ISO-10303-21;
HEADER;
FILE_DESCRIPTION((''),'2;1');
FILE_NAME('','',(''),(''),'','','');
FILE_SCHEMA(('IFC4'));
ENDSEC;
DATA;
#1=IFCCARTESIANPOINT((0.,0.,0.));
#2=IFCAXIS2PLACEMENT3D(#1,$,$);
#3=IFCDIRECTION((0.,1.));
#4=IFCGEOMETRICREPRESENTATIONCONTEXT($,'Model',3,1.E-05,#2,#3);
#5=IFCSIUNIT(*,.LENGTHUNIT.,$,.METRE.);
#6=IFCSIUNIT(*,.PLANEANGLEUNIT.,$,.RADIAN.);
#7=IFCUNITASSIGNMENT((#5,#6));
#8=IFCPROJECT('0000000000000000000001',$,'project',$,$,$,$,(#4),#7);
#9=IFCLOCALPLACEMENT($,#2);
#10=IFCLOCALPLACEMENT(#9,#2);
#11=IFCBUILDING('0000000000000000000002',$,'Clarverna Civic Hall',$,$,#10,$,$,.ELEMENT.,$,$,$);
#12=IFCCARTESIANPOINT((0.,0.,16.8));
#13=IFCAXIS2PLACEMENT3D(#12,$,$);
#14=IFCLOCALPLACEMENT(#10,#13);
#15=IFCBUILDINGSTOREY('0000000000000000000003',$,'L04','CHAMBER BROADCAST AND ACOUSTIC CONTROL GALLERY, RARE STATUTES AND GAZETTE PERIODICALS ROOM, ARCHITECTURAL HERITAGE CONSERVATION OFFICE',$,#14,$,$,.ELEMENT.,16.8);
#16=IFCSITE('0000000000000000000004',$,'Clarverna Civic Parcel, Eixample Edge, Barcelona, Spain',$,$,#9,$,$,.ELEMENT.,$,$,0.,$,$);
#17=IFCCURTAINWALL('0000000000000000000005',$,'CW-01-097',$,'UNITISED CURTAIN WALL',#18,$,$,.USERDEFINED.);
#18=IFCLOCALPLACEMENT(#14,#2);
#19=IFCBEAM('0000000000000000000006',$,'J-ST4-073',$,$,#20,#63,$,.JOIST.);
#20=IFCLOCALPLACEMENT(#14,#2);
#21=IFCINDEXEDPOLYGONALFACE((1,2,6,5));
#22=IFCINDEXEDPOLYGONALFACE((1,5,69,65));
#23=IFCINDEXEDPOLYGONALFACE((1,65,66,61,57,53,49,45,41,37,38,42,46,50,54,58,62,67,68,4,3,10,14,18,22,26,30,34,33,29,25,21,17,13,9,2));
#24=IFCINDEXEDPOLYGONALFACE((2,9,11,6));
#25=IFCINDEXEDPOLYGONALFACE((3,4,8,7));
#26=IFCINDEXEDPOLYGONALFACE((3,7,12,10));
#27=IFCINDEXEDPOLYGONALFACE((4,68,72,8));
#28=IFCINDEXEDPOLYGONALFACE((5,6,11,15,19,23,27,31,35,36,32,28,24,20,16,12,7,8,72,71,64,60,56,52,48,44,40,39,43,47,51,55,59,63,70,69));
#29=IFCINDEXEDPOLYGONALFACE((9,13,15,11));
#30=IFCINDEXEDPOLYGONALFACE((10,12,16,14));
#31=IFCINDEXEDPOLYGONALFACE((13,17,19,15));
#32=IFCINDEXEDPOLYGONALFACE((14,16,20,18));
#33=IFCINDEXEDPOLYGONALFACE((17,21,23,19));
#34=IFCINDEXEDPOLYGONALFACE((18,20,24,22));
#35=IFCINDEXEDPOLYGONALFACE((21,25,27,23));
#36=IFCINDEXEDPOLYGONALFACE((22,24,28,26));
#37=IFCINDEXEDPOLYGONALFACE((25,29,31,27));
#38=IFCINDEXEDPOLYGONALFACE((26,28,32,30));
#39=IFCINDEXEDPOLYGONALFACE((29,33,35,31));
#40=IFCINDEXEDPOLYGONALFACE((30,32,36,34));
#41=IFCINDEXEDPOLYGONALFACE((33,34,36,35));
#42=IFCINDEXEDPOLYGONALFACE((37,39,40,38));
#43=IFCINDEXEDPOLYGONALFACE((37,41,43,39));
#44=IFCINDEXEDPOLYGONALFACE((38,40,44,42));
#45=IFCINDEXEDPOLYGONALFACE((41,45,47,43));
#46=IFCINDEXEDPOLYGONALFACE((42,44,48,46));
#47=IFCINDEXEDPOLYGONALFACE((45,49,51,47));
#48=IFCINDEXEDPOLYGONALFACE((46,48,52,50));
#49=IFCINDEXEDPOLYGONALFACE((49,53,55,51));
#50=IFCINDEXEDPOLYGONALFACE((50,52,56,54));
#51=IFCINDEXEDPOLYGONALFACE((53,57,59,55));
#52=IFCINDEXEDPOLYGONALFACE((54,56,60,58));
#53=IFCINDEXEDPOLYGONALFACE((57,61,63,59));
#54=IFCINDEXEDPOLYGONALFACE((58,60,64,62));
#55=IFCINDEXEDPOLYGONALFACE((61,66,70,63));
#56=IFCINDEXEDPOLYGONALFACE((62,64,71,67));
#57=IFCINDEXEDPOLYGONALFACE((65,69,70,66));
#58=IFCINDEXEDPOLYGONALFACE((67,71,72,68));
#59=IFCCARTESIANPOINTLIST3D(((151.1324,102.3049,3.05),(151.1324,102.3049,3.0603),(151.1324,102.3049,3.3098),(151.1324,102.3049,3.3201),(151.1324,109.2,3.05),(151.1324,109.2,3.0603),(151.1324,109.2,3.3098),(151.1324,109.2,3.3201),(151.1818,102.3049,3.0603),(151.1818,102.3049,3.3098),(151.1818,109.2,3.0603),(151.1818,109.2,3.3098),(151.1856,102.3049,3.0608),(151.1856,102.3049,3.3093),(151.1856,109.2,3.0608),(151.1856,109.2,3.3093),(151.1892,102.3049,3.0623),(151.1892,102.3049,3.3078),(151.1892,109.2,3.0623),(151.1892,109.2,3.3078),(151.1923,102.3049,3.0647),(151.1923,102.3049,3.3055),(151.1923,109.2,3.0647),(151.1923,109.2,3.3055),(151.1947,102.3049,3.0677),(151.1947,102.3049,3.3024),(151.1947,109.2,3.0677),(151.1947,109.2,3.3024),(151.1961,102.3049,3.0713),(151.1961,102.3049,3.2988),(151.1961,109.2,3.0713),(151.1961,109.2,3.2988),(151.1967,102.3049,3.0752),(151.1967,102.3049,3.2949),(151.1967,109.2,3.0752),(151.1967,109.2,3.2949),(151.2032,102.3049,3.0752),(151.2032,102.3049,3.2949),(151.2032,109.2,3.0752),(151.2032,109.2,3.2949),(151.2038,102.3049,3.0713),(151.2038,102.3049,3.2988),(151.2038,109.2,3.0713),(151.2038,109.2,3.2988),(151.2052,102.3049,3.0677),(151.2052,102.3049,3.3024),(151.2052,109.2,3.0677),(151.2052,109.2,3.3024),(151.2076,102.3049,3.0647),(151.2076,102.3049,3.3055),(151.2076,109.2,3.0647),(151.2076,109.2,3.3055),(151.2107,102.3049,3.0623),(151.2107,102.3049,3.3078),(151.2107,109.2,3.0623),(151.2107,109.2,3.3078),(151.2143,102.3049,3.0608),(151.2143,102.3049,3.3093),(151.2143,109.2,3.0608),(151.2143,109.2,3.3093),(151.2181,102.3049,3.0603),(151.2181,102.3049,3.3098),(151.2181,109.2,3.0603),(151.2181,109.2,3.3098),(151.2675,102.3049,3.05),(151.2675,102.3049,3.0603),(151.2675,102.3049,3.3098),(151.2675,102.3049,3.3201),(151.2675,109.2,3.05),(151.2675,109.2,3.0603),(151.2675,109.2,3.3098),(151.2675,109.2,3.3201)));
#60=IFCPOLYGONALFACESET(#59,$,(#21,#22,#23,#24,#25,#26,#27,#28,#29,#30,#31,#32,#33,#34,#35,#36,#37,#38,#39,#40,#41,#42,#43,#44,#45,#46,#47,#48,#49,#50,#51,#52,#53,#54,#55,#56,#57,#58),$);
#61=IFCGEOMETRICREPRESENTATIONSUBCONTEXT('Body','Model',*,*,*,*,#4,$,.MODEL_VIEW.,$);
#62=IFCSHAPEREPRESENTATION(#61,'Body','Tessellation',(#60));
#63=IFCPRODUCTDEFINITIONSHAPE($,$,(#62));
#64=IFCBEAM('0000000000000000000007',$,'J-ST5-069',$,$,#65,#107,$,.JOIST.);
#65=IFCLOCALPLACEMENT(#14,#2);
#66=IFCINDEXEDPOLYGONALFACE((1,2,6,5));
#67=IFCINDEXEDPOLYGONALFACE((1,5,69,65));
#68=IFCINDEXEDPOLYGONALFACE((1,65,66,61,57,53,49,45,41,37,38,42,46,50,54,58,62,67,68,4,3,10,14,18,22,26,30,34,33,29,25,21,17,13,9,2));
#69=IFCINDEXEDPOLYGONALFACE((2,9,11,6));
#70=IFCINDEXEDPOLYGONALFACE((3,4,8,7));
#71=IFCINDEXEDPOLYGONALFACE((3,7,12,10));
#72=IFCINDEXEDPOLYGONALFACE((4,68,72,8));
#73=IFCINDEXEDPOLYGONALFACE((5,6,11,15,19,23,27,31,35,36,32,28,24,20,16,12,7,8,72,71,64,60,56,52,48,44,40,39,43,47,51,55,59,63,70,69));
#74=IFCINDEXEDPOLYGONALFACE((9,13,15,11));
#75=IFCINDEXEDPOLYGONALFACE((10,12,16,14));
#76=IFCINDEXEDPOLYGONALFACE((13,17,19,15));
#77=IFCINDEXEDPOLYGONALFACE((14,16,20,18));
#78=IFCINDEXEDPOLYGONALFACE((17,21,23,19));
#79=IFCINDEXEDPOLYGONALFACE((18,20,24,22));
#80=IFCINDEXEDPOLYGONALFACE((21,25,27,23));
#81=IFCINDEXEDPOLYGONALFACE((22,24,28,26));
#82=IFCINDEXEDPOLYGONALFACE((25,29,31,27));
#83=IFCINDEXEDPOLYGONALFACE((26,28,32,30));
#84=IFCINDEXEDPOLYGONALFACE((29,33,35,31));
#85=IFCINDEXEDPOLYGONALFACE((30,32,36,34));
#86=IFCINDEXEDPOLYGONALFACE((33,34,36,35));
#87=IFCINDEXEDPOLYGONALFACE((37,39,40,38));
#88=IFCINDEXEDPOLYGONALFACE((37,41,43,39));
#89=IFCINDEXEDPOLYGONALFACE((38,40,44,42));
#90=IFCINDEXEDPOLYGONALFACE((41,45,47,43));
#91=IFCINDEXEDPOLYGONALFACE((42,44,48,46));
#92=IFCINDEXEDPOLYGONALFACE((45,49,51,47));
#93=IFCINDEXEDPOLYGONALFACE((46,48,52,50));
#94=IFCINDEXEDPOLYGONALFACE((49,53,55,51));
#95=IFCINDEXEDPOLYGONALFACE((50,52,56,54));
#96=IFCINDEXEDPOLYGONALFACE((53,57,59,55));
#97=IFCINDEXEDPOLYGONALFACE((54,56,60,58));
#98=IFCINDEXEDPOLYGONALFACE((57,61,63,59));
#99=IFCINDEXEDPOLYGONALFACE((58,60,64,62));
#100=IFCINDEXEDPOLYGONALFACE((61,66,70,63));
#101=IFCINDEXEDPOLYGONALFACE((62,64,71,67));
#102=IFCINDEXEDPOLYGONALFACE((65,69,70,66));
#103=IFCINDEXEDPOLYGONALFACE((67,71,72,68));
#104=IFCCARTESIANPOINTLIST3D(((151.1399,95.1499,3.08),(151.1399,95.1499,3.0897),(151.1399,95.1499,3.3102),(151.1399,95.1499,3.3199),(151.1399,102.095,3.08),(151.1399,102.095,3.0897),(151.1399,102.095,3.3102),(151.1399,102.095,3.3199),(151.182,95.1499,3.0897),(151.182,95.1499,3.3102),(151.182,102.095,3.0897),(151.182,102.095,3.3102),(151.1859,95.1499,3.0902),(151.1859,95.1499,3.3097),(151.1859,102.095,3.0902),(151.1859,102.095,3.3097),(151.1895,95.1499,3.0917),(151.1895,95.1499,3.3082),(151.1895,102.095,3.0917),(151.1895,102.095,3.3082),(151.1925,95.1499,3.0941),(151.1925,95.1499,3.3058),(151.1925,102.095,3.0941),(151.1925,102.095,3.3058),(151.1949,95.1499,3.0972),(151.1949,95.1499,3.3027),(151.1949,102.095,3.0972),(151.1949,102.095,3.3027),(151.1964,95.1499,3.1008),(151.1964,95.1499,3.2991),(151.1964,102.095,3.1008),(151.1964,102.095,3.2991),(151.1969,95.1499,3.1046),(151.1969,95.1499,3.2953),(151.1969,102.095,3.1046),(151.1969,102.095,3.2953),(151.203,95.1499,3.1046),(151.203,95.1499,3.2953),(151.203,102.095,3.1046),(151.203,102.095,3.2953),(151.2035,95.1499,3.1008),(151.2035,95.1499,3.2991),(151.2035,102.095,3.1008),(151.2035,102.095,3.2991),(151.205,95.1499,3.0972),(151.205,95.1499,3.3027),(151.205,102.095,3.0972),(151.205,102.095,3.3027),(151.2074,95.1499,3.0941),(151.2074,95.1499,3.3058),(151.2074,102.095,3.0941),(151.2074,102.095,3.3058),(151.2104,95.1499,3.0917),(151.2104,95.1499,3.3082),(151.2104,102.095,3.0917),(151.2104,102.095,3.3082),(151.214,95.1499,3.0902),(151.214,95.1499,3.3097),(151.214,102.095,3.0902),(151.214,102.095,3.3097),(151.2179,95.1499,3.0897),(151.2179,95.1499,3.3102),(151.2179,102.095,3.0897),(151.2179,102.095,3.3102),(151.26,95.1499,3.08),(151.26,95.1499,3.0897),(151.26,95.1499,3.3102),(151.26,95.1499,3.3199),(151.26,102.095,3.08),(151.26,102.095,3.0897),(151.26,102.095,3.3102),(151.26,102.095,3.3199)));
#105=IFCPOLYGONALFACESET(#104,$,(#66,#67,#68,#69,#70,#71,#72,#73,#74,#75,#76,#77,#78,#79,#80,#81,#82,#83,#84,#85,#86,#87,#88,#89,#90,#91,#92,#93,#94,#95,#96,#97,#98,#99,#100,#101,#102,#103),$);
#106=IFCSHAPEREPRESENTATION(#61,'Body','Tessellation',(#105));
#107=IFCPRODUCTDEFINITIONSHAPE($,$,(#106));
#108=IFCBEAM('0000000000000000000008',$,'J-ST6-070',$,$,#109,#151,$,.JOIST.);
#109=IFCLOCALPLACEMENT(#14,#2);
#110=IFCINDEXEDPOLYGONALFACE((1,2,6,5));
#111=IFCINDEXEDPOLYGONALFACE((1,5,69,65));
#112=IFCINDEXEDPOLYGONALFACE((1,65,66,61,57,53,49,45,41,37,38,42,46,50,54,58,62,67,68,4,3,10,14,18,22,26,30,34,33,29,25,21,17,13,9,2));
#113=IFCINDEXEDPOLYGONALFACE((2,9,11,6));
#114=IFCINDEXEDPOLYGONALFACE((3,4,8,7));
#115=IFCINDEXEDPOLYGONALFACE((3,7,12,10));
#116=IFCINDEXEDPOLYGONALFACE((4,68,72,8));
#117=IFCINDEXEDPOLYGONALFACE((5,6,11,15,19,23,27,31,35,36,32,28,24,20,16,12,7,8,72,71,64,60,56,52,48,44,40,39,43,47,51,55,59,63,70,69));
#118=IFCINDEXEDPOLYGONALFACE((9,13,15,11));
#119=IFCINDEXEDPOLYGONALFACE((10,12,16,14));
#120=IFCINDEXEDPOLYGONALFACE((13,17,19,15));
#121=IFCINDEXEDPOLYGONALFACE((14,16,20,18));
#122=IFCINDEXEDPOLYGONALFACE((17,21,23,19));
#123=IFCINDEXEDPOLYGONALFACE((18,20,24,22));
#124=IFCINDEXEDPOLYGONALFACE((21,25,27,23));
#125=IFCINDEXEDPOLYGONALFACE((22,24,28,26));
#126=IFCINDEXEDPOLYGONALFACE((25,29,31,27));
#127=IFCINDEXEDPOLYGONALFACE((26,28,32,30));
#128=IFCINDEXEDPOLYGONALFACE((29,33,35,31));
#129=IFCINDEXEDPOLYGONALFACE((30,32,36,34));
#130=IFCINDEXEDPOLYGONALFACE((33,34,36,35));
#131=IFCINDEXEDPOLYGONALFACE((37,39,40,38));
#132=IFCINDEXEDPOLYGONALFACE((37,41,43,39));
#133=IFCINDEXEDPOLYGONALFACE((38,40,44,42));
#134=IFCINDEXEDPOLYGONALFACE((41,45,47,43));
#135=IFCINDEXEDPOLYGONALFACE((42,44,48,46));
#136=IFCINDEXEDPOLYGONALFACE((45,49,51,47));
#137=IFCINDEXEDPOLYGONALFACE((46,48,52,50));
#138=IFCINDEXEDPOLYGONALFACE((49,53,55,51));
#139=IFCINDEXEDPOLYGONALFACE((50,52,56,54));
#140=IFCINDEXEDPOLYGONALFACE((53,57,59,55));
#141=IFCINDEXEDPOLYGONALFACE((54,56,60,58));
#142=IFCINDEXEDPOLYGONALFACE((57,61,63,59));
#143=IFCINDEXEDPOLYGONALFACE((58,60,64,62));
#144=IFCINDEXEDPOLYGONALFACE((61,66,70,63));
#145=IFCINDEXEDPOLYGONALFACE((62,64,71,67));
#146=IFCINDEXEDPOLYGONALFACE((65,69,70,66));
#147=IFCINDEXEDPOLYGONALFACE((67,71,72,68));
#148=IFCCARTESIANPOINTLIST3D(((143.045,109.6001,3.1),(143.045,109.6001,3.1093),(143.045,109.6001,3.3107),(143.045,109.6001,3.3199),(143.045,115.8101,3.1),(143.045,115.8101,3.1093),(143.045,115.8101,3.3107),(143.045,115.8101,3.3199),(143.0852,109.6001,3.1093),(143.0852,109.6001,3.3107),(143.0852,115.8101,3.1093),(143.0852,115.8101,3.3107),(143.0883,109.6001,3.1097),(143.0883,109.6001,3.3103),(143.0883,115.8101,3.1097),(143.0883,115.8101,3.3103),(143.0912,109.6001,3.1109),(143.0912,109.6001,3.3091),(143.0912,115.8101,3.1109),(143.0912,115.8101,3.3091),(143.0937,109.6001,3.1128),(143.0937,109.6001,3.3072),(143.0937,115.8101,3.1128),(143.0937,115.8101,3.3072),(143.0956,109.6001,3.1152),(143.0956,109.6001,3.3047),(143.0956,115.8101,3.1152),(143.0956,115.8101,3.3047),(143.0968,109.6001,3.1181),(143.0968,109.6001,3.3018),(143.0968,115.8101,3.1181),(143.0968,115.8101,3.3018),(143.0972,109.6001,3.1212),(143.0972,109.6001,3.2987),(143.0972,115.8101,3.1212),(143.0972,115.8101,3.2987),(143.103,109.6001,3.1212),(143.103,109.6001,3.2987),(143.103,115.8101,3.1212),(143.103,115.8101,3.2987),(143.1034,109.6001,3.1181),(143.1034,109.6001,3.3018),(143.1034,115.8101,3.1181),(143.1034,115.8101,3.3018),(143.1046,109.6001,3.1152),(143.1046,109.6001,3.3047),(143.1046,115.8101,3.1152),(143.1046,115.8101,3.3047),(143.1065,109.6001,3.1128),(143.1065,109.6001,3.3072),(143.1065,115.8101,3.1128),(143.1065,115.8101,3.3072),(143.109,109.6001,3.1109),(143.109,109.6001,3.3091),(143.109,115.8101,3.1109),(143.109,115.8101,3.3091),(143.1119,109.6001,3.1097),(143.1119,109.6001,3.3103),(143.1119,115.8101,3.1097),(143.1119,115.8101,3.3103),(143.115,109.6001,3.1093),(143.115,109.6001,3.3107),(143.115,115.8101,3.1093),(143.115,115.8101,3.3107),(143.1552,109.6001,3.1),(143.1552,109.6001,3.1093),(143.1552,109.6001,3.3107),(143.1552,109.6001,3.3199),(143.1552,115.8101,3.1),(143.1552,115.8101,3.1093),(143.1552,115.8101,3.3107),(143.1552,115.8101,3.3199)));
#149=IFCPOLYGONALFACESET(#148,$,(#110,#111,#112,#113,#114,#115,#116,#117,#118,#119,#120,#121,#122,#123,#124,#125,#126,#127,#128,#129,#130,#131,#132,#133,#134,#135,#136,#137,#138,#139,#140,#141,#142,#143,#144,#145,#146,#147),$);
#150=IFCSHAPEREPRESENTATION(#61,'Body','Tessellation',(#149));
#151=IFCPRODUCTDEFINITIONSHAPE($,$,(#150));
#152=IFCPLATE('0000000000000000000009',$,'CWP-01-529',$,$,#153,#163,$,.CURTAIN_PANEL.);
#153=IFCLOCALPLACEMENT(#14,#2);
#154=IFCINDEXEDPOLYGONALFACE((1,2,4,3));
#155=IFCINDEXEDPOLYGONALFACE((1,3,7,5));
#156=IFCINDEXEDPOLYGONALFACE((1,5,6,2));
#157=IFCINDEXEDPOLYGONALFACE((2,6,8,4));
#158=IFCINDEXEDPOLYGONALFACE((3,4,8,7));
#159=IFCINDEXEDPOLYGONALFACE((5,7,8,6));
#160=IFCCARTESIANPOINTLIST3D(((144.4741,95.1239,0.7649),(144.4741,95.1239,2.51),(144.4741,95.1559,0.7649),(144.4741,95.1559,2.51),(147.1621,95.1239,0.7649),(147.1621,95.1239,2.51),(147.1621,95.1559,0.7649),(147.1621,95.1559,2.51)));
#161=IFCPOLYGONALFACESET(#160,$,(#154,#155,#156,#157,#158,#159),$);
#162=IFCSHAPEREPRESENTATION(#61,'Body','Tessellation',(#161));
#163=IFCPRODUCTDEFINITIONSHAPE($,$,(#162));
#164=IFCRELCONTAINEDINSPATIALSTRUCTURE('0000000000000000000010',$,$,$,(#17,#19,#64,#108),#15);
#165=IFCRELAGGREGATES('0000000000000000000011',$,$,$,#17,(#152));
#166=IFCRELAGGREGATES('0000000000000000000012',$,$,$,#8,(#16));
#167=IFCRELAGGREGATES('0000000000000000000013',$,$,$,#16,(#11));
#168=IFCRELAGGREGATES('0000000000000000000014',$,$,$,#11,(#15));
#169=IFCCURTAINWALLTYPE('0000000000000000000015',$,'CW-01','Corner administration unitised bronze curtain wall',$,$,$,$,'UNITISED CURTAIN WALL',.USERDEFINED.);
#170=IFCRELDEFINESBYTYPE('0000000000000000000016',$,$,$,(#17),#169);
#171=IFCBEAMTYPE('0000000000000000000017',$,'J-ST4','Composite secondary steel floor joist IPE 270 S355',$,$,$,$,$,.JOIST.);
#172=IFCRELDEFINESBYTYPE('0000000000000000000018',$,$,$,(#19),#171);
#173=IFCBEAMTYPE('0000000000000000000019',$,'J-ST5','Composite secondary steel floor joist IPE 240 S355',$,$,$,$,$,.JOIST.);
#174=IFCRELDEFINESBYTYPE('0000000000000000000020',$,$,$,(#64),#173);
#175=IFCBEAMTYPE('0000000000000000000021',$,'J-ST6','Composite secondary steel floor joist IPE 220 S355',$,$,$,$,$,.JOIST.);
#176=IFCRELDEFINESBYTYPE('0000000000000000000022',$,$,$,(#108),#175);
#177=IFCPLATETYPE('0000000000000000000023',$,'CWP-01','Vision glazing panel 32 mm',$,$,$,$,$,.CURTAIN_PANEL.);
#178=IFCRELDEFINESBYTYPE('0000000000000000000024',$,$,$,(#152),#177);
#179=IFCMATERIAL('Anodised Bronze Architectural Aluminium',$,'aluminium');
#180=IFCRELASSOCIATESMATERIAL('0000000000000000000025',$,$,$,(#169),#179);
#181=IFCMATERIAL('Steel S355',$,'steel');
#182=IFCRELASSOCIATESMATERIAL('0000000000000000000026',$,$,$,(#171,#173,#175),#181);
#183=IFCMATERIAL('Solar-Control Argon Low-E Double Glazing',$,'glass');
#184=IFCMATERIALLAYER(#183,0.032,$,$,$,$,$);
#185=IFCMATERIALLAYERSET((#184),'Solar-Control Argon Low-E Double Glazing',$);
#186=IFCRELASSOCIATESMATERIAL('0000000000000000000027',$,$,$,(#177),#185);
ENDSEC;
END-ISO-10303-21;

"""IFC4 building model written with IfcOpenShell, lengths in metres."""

from ifc_helpers import new_model, si_unit, direction, frame, frame_2d, origin, origin_2d, place, context, subcontext, project, spatial, rectangle, i_section, extrude, material, layer, layer_set, material_profile, profile_set, type_object, element, aggregate, save


model = new_model("IFC4")

# Units and contexts
model_context = context("Model", 3, precision=1e-05, world=origin(), true_north=direction((0.0, 1.0)))
body_context = subcontext(model_context, "Body", "Model", "MODEL_VIEW")
ifc_project = project(units=[si_unit("LENGTHUNIT", "METRE"), si_unit("PLANEANGLEUNIT", "RADIAN")], contexts=[model_context])

# Site, building, storey
site_placement = place(None, origin())
site = spatial("IfcSite", under=ifc_project, at=site_placement, Name="Clarverna Civic Parcel, Eixample Edge, Barcelona, Spain", CompositionType="ELEMENT", RefElevation=0.0)
building_placement = place(site_placement, origin())
building = spatial("IfcBuilding", under=site, at=building_placement, Name="Clarverna Civic Hall", CompositionType="ELEMENT")
storey_placement = place(building_placement, frame((0.0, 0.0, 16.8)))
storey = spatial("IfcBuildingStorey", under=building, at=storey_placement, Name="L04", Description="CHAMBER BROADCAST AND ACOUSTIC CONTROL GALLERY, RARE STATUTES AND GAZETTE PERIODICALS ROOM, ARCHITECTURAL HERITAGE CONSERVATION OFFICE", CompositionType="ELEMENT", Elevation=16.8)

# Shared definitions
ifc_material_1 = material(Name="Steel S355", Category="steel")

# Curtain wall
ifc_material_2 = material(Name="Anodised Bronze Architectural Aluminium", Category="aluminium")
curtain_wall_type = type_object("IfcCurtainWallType", Name="CW-01", Description="Corner administration unitised bronze curtain wall", ElementType="UNITISED CURTAIN WALL", PredefinedType="USERDEFINED", material=ifc_material_2)
curtain_wall_placement = place(storey_placement, origin())
curtain_wall = element("IfcCurtainWall", 1, at=curtain_wall_placement, inside=storey, type_object=curtain_wall_type, Name="CW-01-097", ObjectType="UNITISED CURTAIN WALL", PredefinedType="USERDEFINED")

# Beams
ifc_material_profile_1 = material_profile(ifc_material_1, i_section(OverallWidth=0.135, OverallDepth=0.27, WebThickness=0.0066, FlangeThickness=0.0103, FilletRadius=0.0149, at=origin_2d()), Name="IPE 270")
ifc_profile_set_1 = profile_set([ifc_material_profile_1], Name="Steel S355")
beam_type_1 = type_object("IfcBeamType", Name="J-ST4", Description="Composite secondary steel floor joist IPE 270 S355", PredefinedType="JOIST", material=ifc_profile_set_1)
beam_1_placement = place(storey_placement, frame((151.2, 102.3049, 3.1851), z_axis=(0.0, 1.0, 0.0), x_axis=(-1.0, 0.0, 0.0)))
element("IfcBeam", 2, at=beam_1_placement, inside=storey, type_object=beam_type_1, Name="J-ST4-073", PredefinedType="JOIST", context=body_context, shape_type="SweptSolid", body=[
    extrude(i_section(OverallWidth=0.135, OverallDepth=0.27, WebThickness=0.0066, FlangeThickness=0.0103, FilletRadius=0.0149, at=origin_2d()), origin(), (0.0, 0.0, 1.0), 6.895),
])
ifc_material_profile_2 = material_profile(ifc_material_1, i_section(OverallWidth=0.1201, OverallDepth=0.24, WebThickness=0.0061, FlangeThickness=0.0098, FilletRadius=0.0149, at=origin_2d()), Name="IPE 240")
ifc_profile_set_2 = profile_set([ifc_material_profile_2], Name="Steel S355")
beam_type_2 = type_object("IfcBeamType", Name="J-ST5", Description="Composite secondary steel floor joist IPE 240 S355", PredefinedType="JOIST", material=ifc_profile_set_2)
beam_2_placement = place(storey_placement, frame((151.2, 95.1499, 3.2), z_axis=(0.0, 1.0, 0.0), x_axis=(-1.0, 0.0, 0.0)))
element("IfcBeam", 3, at=beam_2_placement, inside=storey, type_object=beam_type_2, Name="J-ST5-069", PredefinedType="JOIST", context=body_context, shape_type="SweptSolid", body=[
    extrude(i_section(OverallWidth=0.1201, OverallDepth=0.24, WebThickness=0.0061, FlangeThickness=0.0098, FilletRadius=0.0149, at=origin_2d()), origin(), (0.0, 0.0, 1.0), 6.9451),
])
ifc_material_profile_3 = material_profile(ifc_material_1, i_section(OverallWidth=0.1101, OverallDepth=0.22, WebThickness=0.0059, FlangeThickness=0.0093, FilletRadius=0.012, at=origin_2d()), Name="IPE 220")
ifc_profile_set_3 = profile_set([ifc_material_profile_3], Name="Steel S355")
beam_type_3 = type_object("IfcBeamType", Name="J-ST6", Description="Composite secondary steel floor joist IPE 220 S355", PredefinedType="JOIST", material=ifc_profile_set_3)
beam_3_placement = place(storey_placement, frame((143.1001, 109.6001, 3.21), z_axis=(0.0, 1.0, 0.0), x_axis=(-1.0, 0.0, 0.0)))
element("IfcBeam", 4, at=beam_3_placement, inside=storey, type_object=beam_type_3, Name="J-ST6-070", PredefinedType="JOIST", context=body_context, shape_type="SweptSolid", body=[
    extrude(i_section(OverallWidth=0.1101, OverallDepth=0.22, WebThickness=0.0059, FlangeThickness=0.0093, FilletRadius=0.012, at=origin_2d()), origin(), (0.0, 0.0, 1.0), 6.21),
])

# Plate
ifc_material_3 = material(Name="Solar-Control Argon Low-E Double Glazing", Category="glass")
ifc_layer_1 = layer(ifc_material_3, 0.032)
ifc_layer_set_1 = layer_set([ifc_layer_1], Name="Solar-Control Argon Low-E Double Glazing")
plate_type = type_object("IfcPlateType", Name="CWP-01", Description="Vision glazing panel 32 mm", PredefinedType="CURTAIN_PANEL", material=ifc_layer_set_1)
plate_placement = place(storey_placement, frame((147.1621, 95.1399, 0.7649), z_axis=(0.0, 0.0, 1.0), x_axis=(-1.0, 0.0, 0.0)))
plate = element("IfcPlate", 5, at=plate_placement, type_object=plate_type, Name="CWP-01-529", PredefinedType="CURTAIN_PANEL", context=body_context, shape_type="SweptSolid", body=[
    extrude(rectangle(XDim=2.688, YDim=0.032, at=frame_2d((1.344, 0.0))), origin(), (0.0, 0.0, 1.0), 1.7451),
])
aggregate(curtain_wall, [plate])

save(model, "model.ifc")
